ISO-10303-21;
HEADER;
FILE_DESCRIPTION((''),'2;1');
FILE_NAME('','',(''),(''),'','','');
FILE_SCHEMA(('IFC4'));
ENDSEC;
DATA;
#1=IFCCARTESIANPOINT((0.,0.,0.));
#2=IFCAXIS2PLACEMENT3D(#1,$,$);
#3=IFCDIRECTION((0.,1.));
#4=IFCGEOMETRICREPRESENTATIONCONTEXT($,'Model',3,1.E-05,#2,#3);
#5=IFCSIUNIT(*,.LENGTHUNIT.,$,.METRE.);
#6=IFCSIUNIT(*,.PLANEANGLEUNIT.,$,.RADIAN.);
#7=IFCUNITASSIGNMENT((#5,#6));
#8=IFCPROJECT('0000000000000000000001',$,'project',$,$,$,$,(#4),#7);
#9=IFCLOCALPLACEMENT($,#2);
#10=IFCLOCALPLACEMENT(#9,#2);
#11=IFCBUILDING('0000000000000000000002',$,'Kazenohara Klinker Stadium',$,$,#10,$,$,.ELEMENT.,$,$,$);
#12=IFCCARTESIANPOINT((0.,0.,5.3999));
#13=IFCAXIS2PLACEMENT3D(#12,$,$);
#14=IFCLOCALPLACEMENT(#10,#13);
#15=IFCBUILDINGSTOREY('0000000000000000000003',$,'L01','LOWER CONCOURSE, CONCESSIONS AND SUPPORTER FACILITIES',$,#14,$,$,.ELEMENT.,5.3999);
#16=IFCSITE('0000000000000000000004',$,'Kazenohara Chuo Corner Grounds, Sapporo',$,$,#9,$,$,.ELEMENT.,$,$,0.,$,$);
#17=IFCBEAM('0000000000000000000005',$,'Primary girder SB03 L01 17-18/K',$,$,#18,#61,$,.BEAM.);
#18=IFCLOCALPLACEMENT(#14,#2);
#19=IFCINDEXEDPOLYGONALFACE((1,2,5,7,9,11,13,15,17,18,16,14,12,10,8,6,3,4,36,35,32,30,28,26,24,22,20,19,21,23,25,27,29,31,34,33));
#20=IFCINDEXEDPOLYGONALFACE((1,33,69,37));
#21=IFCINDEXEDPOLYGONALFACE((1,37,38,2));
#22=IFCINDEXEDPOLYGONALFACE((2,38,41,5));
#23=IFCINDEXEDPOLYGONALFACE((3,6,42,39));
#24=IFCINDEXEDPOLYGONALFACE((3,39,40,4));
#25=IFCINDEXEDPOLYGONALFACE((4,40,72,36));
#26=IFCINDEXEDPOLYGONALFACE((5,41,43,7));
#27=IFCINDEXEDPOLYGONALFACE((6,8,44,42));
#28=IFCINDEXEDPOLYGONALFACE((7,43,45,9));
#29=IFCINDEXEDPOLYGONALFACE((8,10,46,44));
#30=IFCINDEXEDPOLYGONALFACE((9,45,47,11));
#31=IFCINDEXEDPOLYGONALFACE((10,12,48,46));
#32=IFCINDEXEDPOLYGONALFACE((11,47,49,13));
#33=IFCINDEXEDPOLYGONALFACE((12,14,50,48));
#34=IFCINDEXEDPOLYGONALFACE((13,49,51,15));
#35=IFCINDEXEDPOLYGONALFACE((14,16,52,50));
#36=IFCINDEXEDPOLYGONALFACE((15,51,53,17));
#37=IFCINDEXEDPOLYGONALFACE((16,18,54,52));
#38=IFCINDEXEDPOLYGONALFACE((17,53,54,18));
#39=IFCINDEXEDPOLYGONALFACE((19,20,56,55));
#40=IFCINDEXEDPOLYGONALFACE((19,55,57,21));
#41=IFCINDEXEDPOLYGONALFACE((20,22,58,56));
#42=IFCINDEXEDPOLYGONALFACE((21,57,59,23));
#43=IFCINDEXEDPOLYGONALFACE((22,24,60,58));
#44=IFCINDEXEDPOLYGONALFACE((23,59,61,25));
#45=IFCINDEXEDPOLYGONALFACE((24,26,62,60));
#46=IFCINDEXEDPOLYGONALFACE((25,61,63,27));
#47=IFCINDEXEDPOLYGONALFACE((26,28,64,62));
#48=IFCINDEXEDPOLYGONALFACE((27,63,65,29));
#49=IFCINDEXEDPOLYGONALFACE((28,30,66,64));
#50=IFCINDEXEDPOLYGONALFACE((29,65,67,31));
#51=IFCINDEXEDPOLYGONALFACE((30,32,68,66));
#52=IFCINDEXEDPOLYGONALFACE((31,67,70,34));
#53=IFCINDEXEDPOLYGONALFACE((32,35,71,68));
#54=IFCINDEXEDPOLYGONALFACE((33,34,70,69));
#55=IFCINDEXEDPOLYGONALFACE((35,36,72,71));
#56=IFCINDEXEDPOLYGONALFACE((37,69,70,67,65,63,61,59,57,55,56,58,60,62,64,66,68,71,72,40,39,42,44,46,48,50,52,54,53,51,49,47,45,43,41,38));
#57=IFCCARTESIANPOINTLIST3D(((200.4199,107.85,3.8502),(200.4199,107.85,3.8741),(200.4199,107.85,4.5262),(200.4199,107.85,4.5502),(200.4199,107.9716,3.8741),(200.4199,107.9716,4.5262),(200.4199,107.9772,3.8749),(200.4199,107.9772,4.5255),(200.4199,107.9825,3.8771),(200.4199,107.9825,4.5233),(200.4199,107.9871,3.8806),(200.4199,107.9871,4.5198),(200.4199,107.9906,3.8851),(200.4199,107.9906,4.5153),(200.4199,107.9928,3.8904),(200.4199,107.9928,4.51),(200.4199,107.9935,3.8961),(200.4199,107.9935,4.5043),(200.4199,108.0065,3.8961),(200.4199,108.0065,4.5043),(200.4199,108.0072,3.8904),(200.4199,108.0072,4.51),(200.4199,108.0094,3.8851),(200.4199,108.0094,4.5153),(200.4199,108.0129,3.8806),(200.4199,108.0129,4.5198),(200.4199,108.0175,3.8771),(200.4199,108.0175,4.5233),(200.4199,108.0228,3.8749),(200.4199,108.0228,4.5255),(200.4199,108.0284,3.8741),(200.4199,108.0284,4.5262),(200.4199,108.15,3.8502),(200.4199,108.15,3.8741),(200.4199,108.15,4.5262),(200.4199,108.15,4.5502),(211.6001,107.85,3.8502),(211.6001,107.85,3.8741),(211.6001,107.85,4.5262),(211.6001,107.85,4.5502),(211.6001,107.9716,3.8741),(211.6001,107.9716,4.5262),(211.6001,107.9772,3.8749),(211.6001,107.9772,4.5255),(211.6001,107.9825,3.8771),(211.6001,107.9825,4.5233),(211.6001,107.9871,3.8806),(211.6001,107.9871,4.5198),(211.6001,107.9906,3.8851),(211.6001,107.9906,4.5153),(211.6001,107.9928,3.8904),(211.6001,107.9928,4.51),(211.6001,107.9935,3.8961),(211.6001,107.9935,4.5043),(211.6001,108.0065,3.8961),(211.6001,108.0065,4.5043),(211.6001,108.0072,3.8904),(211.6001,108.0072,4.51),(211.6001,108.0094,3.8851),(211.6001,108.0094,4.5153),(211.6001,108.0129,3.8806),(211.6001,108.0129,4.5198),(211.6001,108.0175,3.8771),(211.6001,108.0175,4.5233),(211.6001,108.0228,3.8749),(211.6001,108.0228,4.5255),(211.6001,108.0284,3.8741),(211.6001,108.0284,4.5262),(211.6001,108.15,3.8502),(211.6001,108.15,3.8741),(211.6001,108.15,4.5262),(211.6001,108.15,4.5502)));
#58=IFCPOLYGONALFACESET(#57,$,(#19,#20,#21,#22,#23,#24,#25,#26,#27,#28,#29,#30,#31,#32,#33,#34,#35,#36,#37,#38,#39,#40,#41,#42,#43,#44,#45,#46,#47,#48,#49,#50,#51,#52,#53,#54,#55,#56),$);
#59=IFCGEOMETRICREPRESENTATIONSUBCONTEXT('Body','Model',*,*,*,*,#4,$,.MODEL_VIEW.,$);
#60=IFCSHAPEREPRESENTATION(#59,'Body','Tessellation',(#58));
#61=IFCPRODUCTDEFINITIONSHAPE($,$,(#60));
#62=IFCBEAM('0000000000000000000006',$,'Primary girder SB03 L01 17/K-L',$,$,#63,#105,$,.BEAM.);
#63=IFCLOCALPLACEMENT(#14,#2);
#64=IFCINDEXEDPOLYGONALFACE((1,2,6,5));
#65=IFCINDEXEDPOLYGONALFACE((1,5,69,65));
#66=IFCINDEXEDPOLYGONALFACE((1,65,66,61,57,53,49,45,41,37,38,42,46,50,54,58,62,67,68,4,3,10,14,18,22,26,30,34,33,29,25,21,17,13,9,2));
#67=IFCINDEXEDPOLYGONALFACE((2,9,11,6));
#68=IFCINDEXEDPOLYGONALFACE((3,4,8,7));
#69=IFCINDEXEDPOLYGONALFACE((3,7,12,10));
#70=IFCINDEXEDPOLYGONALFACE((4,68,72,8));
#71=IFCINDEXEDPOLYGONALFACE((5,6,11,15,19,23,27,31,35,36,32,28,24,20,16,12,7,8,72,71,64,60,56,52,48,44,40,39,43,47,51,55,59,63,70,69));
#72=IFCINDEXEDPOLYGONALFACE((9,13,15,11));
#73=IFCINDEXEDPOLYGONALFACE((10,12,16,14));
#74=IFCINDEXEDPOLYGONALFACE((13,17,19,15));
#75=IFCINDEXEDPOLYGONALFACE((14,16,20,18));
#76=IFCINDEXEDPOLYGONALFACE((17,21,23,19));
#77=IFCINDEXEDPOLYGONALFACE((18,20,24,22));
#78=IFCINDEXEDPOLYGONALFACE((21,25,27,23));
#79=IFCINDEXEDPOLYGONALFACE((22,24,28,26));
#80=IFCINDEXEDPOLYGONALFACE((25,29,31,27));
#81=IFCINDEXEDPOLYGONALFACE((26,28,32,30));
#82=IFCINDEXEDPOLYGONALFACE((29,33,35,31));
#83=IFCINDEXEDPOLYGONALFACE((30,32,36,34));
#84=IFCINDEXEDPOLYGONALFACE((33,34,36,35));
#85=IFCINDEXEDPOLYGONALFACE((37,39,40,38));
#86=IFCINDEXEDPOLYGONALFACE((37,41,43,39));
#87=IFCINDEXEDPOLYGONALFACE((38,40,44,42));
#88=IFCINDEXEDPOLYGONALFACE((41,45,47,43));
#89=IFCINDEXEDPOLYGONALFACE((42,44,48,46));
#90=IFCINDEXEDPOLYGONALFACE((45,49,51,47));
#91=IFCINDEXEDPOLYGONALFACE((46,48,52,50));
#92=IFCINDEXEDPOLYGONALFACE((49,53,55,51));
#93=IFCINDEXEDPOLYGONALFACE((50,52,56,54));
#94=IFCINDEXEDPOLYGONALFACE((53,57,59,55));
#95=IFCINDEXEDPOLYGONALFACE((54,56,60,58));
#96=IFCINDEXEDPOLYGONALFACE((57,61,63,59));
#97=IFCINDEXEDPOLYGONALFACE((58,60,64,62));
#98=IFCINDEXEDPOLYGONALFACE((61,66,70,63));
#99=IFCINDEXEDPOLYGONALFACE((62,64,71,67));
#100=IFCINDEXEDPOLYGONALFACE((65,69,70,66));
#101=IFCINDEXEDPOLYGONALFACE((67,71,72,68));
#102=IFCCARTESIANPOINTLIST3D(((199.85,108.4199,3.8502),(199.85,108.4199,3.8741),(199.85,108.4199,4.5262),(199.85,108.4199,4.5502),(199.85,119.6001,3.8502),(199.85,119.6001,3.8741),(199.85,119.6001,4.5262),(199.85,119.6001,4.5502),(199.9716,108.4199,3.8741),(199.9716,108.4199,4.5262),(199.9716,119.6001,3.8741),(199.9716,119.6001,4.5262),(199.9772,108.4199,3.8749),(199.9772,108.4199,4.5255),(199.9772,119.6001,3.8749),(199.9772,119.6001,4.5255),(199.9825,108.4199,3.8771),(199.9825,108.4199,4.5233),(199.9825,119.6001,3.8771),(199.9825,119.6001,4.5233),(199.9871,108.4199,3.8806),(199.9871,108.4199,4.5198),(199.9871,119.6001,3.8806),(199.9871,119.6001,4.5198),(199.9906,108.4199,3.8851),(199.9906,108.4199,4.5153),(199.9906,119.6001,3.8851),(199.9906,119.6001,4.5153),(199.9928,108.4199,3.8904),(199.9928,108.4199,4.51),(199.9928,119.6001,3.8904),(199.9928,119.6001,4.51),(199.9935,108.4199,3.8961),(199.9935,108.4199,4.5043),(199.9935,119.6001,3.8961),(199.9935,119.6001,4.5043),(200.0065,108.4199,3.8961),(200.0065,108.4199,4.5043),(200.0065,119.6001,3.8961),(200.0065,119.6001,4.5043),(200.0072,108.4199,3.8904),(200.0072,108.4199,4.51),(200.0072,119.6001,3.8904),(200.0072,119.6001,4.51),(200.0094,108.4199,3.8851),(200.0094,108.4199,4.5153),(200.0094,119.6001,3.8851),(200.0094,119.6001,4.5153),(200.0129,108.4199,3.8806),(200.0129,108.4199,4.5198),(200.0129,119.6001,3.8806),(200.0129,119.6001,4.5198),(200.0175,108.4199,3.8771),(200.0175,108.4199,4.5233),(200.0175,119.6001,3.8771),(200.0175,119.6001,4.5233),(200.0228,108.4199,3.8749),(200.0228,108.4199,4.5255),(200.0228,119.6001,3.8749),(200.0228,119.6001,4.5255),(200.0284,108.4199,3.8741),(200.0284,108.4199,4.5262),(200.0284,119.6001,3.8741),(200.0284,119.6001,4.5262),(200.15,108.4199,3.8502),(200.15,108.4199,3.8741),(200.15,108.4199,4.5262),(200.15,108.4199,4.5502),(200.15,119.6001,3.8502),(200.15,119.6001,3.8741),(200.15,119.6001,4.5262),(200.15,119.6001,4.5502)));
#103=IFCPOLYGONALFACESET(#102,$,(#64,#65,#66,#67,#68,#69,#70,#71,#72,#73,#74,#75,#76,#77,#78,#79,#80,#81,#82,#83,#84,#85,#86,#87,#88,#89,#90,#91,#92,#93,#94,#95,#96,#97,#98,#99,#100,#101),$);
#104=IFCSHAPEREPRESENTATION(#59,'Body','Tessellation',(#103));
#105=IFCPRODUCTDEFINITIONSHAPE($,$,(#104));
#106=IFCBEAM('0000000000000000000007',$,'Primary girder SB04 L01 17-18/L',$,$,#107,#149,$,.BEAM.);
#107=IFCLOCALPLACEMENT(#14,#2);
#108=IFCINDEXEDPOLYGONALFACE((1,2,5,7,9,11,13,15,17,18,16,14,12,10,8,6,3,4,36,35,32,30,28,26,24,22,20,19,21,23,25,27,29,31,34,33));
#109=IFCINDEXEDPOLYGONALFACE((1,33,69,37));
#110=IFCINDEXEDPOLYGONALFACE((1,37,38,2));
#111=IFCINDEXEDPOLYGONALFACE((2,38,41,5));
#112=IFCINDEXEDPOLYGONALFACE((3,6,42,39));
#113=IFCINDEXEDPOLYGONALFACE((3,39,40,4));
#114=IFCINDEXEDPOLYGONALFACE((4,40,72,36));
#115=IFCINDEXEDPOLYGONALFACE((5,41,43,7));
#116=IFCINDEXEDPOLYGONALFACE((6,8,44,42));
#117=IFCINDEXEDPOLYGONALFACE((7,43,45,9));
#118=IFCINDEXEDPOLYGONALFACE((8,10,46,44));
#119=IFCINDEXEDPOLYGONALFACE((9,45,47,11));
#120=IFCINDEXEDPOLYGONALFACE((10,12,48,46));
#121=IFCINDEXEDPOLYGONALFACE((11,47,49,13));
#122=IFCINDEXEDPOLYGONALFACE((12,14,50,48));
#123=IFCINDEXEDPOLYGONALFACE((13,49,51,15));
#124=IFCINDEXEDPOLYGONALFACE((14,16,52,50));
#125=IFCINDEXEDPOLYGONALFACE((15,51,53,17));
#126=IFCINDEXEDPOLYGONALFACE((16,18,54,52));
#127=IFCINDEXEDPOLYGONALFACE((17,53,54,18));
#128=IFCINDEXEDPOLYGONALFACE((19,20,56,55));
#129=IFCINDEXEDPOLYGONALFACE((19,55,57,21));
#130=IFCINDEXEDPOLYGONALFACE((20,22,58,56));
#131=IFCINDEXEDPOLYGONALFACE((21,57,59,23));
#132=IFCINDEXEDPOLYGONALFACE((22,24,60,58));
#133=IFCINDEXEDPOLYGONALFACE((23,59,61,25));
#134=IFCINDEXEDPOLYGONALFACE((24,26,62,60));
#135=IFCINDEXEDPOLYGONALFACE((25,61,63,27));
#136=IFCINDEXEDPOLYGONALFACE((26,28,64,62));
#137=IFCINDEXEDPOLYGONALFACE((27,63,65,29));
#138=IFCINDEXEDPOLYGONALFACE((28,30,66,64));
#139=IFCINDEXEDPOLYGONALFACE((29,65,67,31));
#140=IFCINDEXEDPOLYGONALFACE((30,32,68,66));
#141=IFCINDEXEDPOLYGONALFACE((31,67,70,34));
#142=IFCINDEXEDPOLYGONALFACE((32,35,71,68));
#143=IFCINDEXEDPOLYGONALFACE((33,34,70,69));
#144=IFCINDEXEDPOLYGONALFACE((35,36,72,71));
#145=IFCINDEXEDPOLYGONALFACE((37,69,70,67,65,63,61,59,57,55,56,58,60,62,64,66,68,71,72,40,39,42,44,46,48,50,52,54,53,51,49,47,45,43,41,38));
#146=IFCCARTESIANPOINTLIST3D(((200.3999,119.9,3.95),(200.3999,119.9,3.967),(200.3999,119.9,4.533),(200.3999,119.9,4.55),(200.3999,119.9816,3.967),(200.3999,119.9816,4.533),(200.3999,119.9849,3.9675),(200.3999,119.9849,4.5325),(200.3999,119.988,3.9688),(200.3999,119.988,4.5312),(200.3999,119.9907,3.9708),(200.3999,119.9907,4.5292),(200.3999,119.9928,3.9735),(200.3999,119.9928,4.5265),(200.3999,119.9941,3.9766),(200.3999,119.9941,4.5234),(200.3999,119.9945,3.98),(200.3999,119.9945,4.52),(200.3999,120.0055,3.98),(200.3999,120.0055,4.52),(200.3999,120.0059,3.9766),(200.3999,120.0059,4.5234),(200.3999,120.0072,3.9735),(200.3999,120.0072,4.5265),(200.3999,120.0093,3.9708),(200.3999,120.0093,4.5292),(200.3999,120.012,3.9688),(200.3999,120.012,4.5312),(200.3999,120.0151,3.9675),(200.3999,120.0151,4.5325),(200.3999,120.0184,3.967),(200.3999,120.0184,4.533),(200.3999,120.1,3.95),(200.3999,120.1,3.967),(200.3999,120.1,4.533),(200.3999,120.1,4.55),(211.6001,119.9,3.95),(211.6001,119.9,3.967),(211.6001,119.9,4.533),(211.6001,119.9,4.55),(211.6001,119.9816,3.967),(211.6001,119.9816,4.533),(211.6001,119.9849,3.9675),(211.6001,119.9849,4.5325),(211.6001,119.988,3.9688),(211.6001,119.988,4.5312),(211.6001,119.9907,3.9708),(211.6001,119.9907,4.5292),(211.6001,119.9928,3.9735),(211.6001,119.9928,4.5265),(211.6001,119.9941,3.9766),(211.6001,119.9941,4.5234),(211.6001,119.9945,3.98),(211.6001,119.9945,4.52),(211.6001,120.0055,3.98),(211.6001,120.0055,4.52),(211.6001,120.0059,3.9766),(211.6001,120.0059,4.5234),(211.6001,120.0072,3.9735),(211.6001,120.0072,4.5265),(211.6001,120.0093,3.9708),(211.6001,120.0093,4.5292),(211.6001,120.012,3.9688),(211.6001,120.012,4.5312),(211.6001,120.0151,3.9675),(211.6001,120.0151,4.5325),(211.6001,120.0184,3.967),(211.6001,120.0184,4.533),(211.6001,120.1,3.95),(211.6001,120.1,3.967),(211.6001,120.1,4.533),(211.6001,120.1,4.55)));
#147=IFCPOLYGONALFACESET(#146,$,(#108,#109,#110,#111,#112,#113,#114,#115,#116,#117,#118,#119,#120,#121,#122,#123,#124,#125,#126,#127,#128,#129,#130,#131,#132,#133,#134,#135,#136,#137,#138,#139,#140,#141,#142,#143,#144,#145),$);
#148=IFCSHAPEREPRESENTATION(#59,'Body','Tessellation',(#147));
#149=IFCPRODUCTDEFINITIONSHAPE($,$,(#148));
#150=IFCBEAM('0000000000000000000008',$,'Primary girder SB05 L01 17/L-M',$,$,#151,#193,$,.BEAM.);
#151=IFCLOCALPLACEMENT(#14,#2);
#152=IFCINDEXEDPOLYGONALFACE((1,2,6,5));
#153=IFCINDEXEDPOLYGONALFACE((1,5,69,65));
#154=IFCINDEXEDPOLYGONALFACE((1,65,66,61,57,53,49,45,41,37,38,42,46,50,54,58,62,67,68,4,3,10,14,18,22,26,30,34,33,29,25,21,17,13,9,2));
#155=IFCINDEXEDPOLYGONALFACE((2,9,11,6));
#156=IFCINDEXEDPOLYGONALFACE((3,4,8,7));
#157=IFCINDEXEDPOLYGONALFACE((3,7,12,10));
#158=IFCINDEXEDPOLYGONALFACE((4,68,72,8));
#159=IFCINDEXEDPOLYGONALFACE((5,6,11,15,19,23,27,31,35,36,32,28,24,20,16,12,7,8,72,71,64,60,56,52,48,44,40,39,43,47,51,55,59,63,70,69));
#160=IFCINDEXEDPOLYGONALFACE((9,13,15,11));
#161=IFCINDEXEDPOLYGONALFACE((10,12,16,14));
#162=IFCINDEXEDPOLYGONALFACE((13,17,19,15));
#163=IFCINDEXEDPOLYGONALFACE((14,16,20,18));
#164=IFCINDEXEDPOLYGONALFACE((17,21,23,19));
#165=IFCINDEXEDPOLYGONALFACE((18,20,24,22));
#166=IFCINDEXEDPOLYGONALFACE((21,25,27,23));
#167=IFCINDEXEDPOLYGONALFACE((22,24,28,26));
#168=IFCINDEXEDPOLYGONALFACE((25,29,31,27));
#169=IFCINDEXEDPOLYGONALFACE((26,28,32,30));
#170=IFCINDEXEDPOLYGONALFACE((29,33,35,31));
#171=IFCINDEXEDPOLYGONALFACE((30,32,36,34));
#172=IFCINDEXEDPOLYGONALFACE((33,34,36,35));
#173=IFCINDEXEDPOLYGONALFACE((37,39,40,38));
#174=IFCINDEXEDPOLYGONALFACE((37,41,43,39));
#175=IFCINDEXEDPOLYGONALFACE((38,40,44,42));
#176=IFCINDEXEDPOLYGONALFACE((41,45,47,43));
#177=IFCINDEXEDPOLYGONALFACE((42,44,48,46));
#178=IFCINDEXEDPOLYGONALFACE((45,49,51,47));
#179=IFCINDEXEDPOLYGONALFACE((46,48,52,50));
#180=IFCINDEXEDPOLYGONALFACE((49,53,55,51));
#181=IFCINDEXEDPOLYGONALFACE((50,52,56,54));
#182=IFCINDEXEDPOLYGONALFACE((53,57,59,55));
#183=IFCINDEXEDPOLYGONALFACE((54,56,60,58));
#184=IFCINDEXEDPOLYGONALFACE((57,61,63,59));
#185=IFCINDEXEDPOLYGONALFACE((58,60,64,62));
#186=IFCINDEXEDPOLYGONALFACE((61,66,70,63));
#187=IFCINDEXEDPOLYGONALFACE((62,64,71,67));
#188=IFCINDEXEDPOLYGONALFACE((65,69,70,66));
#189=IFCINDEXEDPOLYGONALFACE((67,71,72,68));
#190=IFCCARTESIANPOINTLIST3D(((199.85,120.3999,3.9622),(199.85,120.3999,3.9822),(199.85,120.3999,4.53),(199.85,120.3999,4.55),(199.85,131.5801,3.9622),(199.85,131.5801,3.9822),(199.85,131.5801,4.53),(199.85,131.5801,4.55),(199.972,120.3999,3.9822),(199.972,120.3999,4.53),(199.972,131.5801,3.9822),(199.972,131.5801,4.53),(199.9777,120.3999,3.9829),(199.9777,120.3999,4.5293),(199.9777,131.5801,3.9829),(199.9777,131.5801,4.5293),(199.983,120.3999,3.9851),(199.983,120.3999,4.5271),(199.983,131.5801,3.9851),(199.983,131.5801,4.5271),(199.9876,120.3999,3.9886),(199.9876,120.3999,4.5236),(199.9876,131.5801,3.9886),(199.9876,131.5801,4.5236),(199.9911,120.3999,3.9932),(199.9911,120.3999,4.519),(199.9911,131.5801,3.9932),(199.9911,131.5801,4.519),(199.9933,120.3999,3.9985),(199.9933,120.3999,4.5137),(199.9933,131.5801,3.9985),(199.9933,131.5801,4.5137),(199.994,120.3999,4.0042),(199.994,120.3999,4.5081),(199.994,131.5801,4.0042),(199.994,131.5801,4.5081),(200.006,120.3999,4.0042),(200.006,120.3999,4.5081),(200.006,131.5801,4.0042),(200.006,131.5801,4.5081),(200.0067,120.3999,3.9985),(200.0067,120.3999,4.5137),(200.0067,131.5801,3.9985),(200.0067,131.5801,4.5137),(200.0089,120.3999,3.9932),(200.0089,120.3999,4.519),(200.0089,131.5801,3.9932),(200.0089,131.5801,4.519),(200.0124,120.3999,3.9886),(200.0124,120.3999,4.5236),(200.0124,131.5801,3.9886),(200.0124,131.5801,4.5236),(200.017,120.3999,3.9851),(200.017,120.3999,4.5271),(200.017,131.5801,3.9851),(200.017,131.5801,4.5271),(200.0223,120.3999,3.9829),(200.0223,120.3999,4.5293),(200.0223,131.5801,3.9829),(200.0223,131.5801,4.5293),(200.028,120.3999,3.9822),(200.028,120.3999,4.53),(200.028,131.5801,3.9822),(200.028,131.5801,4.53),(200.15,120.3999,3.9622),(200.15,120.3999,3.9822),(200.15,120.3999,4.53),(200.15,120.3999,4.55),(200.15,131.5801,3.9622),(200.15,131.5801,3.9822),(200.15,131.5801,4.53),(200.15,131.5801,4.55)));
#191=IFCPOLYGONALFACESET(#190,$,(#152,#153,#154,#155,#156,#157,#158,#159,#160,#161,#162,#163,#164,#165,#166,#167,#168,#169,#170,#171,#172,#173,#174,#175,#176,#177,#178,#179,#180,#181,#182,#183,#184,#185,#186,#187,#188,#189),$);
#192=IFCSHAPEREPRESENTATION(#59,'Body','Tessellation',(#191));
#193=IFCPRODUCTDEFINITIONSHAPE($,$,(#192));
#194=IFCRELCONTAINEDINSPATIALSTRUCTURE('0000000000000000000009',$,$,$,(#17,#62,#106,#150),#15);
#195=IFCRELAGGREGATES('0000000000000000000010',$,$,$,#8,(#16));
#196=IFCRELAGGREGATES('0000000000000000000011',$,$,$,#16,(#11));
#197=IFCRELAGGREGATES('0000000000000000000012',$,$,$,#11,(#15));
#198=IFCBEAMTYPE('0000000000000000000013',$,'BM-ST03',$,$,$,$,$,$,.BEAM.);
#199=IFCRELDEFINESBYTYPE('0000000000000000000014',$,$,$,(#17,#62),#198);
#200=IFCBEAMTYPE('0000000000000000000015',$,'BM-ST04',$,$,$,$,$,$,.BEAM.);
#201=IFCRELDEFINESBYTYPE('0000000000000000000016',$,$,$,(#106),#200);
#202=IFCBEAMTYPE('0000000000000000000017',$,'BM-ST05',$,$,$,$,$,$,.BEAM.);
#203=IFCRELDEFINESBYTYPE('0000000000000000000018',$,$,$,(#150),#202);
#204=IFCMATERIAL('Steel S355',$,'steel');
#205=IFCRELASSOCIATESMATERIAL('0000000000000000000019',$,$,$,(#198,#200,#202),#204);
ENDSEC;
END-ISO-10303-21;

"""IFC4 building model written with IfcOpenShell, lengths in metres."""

from ifc_helpers import new_model, si_unit, direction, frame, origin, origin_2d, place, context, subcontext, project, spatial, i_section, extrude, material, material_profile, profile_set, type_object, element, save


model = new_model("IFC4")

# Units and contexts
model_context = context("Model", 3, precision=1e-05, world=origin(), true_north=direction((0.0, 1.0)))
body_context = subcontext(model_context, "Body", "Model", "MODEL_VIEW")
ifc_project = project(units=[si_unit("LENGTHUNIT", "METRE"), si_unit("PLANEANGLEUNIT", "RADIAN")], contexts=[model_context])

# Site, building, storey
site_placement = place(None, origin())
site = spatial("IfcSite", under=ifc_project, at=site_placement, Name="Kazenohara Chuo Corner Grounds, Sapporo", CompositionType="ELEMENT", RefElevation=0.0)
building_placement = place(site_placement, origin())
building = spatial("IfcBuilding", under=site, at=building_placement, Name="Kazenohara Klinker Stadium", CompositionType="ELEMENT")
storey_placement = place(building_placement, frame((0.0, 0.0, 5.3999)))
storey = spatial("IfcBuildingStorey", under=building, at=storey_placement, Name="L01", Description="LOWER CONCOURSE, CONCESSIONS AND SUPPORTER FACILITIES", CompositionType="ELEMENT", Elevation=5.3999)

# Beams
ifc_material_1 = material(Name="Steel S355", Category="steel")
ifc_material_profile_1 = material_profile(ifc_material_1, i_section(OverallWidth=0.3, OverallDepth=0.7, WebThickness=0.0129, FlangeThickness=0.0239, FilletRadius=0.022, at=origin_2d()), Name="H-700x300x13x24")
ifc_profile_set_1 = profile_set([ifc_material_profile_1], Name="Steel S355")
beam_type_1 = type_object("IfcBeamType", Name="BM-ST03", PredefinedType="BEAM", material=ifc_profile_set_1)
for number, where, z_axis, x_axis, name in (
    (1, (200.4199, 108.0, 4.2002), (1.0, 0.0, 0.0), (0.0, 1.0, 0.0), "Primary girder SB03 L01 17-18/K"),
    (2, (200.0, 108.4199, 4.2002), (0.0, 1.0, 0.0), (-1.0, 0.0, 0.0), "Primary girder SB03 L01 17/K-L"),
):
    element("IfcBeam", number, at=place(storey_placement, frame(where, z_axis=z_axis, x_axis=x_axis)), inside=storey, type_object=beam_type_1, Name=name, PredefinedType="BEAM", context=body_context, shape_type="SweptSolid", body=[
        extrude(i_section(OverallWidth=0.3, OverallDepth=0.7, WebThickness=0.0129, FlangeThickness=0.0239, FilletRadius=0.022, at=origin_2d()), origin(), (0.0, 0.0, 1.0), 11.1802),
    ])
ifc_material_profile_2 = material_profile(ifc_material_1, i_section(OverallWidth=0.2, OverallDepth=0.6001, WebThickness=0.011, FlangeThickness=0.0171, FilletRadius=0.0129, at=origin_2d()), Name="H-600x200x11x17")
ifc_profile_set_2 = profile_set([ifc_material_profile_2], Name="Steel S355")
beam_type_2 = type_object("IfcBeamType", Name="BM-ST04", PredefinedType="BEAM", material=ifc_profile_set_2)
beam_1_placement = place(storey_placement, frame((200.3999, 120.0, 4.25), z_axis=(1.0, 0.0, 0.0), x_axis=(0.0, 1.0, 0.0)))
element("IfcBeam", 3, at=beam_1_placement, inside=storey, type_object=beam_type_2, Name="Primary girder SB04 L01 17-18/L", PredefinedType="BEAM", context=body_context, shape_type="SweptSolid", body=[
    extrude(i_section(OverallWidth=0.2, OverallDepth=0.6001, WebThickness=0.011, FlangeThickness=0.0171, FilletRadius=0.0129, at=origin_2d()), origin(), (0.0, 0.0, 1.0), 11.2002),
])
ifc_material_profile_3 = material_profile(ifc_material_1, i_section(OverallWidth=0.3, OverallDepth=0.5879, WebThickness=0.012, FlangeThickness=0.02, FilletRadius=0.022, at=origin_2d()), Name="H-588x300x12x20")
ifc_profile_set_3 = profile_set([ifc_material_profile_3], Name="Steel S355")
beam_type_3 = type_object("IfcBeamType", Name="BM-ST05", PredefinedType="BEAM", material=ifc_profile_set_3)
beam_2_placement = place(storey_placement, frame((200.0, 120.3999, 4.2561), z_axis=(0.0, 1.0, 0.0), x_axis=(-1.0, 0.0, 0.0)))
element("IfcBeam", 4, at=beam_2_placement, inside=storey, type_object=beam_type_3, Name="Primary girder SB05 L01 17/L-M", PredefinedType="BEAM", context=body_context, shape_type="SweptSolid", body=[
    extrude(i_section(OverallWidth=0.3, OverallDepth=0.5879, WebThickness=0.012, FlangeThickness=0.02, FilletRadius=0.022, at=origin_2d()), origin(), (0.0, 0.0, 1.0), 11.1802),
])

save(model, "model.ifc")
